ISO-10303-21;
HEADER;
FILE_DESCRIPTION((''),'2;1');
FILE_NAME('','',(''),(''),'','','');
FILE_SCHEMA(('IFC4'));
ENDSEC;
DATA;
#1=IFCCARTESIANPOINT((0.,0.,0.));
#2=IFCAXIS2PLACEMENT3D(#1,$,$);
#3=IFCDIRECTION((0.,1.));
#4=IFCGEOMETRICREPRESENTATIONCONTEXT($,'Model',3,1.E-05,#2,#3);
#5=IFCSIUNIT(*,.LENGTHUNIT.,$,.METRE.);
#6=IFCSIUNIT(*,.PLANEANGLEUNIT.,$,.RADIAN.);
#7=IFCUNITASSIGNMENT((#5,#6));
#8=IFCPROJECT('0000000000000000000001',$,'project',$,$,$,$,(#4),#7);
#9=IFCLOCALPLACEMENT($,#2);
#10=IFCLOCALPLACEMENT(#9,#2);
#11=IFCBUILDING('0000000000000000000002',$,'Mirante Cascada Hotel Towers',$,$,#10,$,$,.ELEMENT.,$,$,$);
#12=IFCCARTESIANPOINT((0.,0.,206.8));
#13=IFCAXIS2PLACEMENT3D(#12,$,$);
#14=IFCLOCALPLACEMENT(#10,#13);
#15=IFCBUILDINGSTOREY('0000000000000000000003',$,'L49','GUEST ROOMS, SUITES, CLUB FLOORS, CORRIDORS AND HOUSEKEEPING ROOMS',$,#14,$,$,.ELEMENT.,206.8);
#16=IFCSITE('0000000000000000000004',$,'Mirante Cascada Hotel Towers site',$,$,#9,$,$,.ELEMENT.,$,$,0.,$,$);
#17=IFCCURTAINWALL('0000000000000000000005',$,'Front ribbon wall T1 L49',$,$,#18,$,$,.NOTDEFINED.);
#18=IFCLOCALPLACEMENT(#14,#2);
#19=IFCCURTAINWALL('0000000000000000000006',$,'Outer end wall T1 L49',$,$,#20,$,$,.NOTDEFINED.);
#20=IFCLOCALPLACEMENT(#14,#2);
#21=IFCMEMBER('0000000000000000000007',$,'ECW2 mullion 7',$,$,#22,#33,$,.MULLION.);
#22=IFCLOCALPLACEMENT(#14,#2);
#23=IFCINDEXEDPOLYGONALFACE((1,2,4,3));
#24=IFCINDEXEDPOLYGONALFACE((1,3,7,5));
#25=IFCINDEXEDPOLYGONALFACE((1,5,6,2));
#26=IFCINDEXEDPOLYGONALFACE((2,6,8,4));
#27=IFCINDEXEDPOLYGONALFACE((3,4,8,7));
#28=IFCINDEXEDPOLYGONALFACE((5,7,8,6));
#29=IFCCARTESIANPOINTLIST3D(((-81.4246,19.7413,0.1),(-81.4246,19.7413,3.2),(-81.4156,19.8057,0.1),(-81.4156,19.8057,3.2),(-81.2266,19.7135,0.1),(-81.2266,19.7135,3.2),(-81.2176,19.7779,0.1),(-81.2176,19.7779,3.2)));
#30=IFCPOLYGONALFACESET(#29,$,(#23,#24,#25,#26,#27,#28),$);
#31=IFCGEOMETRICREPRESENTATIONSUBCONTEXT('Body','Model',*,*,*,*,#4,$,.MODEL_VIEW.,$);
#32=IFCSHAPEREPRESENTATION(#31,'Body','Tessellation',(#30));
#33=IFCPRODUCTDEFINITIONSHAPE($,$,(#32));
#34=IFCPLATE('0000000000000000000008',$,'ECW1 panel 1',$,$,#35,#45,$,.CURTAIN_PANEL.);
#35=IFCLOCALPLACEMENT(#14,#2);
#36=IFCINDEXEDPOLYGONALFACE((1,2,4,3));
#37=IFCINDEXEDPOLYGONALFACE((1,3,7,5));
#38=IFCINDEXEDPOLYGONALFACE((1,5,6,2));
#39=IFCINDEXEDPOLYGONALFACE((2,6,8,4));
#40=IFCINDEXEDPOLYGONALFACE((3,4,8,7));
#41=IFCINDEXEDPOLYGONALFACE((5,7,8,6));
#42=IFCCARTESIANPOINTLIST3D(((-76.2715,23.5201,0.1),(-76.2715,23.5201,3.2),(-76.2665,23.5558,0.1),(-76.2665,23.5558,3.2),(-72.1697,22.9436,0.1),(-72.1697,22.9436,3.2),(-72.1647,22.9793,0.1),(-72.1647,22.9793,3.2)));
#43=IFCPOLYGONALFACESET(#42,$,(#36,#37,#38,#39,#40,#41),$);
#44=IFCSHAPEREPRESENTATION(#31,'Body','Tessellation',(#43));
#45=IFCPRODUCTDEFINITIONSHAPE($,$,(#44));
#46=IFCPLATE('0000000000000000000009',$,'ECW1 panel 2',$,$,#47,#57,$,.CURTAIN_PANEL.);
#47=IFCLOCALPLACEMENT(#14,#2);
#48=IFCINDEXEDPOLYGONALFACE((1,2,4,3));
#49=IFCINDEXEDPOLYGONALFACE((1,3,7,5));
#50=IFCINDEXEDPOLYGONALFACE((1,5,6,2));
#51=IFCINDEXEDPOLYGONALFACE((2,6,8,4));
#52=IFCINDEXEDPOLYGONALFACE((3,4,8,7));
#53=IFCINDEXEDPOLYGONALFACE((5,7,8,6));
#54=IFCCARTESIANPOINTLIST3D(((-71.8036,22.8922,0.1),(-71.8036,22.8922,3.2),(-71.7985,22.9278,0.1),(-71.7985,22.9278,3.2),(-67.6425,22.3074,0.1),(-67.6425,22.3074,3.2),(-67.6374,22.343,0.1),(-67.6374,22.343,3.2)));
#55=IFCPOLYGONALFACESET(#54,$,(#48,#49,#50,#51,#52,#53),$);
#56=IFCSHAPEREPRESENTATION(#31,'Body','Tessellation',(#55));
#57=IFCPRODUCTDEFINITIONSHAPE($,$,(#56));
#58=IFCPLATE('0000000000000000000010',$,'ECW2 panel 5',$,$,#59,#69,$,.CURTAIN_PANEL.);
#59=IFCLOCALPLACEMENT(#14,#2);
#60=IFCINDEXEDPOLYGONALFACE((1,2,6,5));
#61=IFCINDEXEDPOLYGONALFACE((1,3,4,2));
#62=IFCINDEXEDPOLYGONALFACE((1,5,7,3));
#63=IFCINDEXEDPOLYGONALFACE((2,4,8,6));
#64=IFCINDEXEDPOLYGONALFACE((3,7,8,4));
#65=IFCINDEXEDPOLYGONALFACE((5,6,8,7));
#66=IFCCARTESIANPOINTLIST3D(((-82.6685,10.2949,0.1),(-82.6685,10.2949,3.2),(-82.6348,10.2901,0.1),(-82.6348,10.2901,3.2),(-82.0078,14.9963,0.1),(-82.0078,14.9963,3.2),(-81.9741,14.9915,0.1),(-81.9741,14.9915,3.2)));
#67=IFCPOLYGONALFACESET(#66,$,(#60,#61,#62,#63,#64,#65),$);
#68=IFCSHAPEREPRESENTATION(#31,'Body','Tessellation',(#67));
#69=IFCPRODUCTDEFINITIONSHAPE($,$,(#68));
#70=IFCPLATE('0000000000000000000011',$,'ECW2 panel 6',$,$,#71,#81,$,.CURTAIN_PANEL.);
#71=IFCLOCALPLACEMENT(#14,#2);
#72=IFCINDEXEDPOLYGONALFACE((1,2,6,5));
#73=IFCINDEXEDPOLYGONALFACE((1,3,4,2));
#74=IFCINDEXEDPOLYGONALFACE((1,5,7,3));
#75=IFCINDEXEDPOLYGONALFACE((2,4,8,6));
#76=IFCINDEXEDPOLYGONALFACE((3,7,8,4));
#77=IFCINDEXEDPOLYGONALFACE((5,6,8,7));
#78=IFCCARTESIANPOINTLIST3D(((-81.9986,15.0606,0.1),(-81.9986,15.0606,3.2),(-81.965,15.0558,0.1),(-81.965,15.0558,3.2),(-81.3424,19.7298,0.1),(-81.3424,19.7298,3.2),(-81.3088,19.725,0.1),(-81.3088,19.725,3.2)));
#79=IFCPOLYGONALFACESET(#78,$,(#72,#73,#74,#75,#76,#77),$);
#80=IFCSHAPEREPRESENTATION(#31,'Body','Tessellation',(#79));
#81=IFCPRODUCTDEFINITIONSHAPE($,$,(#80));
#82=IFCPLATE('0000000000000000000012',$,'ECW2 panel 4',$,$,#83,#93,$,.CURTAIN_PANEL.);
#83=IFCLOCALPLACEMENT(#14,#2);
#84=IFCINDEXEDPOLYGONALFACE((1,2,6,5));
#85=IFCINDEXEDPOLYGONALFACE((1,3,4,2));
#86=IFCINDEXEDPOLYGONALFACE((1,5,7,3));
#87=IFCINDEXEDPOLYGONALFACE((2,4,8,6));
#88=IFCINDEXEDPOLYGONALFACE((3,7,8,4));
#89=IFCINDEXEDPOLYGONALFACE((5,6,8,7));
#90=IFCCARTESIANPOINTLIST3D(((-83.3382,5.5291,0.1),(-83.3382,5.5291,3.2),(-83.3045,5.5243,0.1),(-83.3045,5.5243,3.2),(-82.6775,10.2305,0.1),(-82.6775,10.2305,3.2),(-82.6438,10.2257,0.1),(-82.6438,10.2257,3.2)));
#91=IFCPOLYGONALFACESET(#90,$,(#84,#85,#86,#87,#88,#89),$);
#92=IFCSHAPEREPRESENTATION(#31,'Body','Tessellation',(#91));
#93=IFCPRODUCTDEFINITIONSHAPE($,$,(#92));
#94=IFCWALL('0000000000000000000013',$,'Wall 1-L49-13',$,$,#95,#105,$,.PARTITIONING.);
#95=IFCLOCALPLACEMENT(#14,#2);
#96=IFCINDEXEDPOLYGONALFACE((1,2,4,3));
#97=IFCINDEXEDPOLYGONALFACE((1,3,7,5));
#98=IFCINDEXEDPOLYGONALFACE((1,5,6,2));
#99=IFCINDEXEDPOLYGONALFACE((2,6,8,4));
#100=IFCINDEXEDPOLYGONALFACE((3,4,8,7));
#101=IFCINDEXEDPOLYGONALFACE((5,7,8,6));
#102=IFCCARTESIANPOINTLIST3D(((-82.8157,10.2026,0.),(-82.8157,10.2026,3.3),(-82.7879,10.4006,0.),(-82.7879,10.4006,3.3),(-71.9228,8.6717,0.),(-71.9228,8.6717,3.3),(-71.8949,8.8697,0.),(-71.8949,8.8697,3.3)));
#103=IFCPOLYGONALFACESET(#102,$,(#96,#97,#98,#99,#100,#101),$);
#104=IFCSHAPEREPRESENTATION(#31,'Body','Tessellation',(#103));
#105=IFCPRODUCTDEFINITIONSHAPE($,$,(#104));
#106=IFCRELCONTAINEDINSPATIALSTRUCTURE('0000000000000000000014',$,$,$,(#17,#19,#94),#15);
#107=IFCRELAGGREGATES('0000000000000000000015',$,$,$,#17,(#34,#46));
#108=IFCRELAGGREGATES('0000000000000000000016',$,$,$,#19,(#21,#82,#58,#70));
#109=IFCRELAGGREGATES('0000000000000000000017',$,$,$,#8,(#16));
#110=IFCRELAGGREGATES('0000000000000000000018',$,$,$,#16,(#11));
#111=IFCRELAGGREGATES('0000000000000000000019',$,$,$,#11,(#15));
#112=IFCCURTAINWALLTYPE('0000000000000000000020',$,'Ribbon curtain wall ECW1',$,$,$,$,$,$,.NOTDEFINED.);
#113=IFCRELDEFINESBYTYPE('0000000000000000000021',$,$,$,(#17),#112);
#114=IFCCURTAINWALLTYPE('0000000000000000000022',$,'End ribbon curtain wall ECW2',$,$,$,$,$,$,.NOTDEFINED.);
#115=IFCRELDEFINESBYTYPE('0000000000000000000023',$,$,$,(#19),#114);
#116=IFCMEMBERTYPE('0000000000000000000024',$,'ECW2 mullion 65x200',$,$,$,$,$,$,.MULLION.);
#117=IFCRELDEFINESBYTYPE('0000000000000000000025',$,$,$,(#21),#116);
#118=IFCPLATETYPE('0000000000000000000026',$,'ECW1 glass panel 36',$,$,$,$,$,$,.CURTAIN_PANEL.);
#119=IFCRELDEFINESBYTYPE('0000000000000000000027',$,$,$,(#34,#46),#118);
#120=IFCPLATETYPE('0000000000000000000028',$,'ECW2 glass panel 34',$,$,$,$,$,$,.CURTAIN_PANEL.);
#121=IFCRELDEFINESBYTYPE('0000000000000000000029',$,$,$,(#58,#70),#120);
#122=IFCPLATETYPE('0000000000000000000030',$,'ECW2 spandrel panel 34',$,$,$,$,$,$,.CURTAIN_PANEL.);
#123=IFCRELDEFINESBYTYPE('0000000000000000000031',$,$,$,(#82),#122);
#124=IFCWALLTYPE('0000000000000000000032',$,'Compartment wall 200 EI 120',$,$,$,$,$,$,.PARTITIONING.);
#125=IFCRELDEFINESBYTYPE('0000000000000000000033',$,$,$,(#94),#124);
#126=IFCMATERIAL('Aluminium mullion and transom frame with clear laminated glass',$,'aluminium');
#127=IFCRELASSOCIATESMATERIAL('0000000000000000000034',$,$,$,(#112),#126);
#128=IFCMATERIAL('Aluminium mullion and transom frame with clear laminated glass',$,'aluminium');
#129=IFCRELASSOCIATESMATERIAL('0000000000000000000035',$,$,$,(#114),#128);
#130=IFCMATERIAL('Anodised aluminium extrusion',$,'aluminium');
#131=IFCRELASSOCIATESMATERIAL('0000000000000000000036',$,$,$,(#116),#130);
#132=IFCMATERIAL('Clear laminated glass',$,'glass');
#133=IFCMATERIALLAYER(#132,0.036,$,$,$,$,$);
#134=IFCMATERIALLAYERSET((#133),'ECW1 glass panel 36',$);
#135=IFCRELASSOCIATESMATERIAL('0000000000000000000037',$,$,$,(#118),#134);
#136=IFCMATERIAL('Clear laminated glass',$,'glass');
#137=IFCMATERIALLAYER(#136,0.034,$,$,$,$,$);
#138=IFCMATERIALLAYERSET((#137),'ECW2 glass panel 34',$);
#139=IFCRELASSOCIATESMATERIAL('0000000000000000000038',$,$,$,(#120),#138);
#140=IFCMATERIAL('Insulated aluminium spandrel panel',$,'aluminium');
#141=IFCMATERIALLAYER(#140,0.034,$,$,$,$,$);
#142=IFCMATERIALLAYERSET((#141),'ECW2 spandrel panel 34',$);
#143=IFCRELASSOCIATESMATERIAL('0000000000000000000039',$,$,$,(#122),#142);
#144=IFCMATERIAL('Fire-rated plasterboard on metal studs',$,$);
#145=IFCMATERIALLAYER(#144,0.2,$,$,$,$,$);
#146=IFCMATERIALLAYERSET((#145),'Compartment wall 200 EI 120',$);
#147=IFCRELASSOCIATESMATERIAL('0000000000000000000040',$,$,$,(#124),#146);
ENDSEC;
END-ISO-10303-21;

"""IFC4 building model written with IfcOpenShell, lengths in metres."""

from ifc_helpers import new_model, si_unit, direction, frame, frame_2d, origin, origin_2d, place, context, subcontext, project, spatial, rectangle, extrude, material, layer, layer_set, material_profile, profile_set, type_object, element, aggregate, save


model = new_model("IFC4")

# Units and contexts
model_context = context("Model", 3, precision=1e-05, world=origin(), true_north=direction((0.0, 1.0)))
body_context = subcontext(model_context, "Body", "Model", "MODEL_VIEW")
ifc_project = project(units=[si_unit("LENGTHUNIT", "METRE"), si_unit("PLANEANGLEUNIT", "RADIAN")], contexts=[model_context])

# Site, building, storey
site_placement = place(None, origin())
site = spatial("IfcSite", under=ifc_project, at=site_placement, Name="Mirante Cascada Hotel Towers site", CompositionType="ELEMENT", RefElevation=0.0)
building_placement = place(site_placement, origin())
building = spatial("IfcBuilding", under=site, at=building_placement, Name="Mirante Cascada Hotel Towers", CompositionType="ELEMENT")
storey_placement = place(building_placement, frame((0.0, 0.0, 206.8)))
storey = spatial("IfcBuildingStorey", under=building, at=storey_placement, Name="L49", Description="GUEST ROOMS, SUITES, CLUB FLOORS, CORRIDORS AND HOUSEKEEPING ROOMS", CompositionType="ELEMENT", Elevation=206.8)

# Curtain walls, member
ifc_material_1 = material(Name="Aluminium mullion and transom frame with clear laminated glass", Category="aluminium")
curtain_wall_type_1 = type_object("IfcCurtainWallType", Name="Ribbon curtain wall ECW1", PredefinedType="NOTDEFINED", material=ifc_material_1)
curtain_wall_1_placement = place(storey_placement, origin())
curtain_wall_1 = element("IfcCurtainWall", 1, at=curtain_wall_1_placement, inside=storey, type_object=curtain_wall_type_1, Name="Front ribbon wall T1 L49", PredefinedType="NOTDEFINED")
ifc_material_2 = material(Name="Aluminium mullion and transom frame with clear laminated glass", Category="aluminium")
curtain_wall_type_2 = type_object("IfcCurtainWallType", Name="End ribbon curtain wall ECW2", PredefinedType="NOTDEFINED", material=ifc_material_2)
curtain_wall_2_placement = place(storey_placement, origin())
curtain_wall_2 = element("IfcCurtainWall", 2, at=curtain_wall_2_placement, inside=storey, type_object=curtain_wall_type_2, Name="Outer end wall T1 L49", PredefinedType="NOTDEFINED")
ifc_material_3 = material(Name="Anodised aluminium extrusion", Category="aluminium")
ifc_material_profile_1 = material_profile(ifc_material_3, rectangle(XDim=0.2, YDim=0.065, at=origin_2d()), Name="ECW2 MULLION 65x200")
ifc_profile_set_1 = profile_set([ifc_material_profile_1], Name="Anodised aluminium extrusion")
member_type_1 = type_object("IfcMemberType", Name="ECW2 mullion 65x200", PredefinedType="MULLION", material=ifc_profile_set_1)
member_1_placement = place(storey_placement, frame((-81.3211, 19.7596, 0.1), z_axis=(0.0, 0.0, 1.0), x_axis=(-0.990268, 0.139173, 0.0)))
member_1 = element("IfcMember", 3, at=member_1_placement, type_object=member_type_1, Name="ECW2 mullion 7", PredefinedType="MULLION", context=body_context, shape_type="SweptSolid", body=[
    extrude(rectangle(XDim=0.2, YDim=0.065, at=origin_2d()), origin(), (0.0, 0.0, 1.0), 3.1),
])

# Plates
ifc_material_4 = material(Name="Clear laminated glass", Category="glass")
ifc_layer_1 = layer(ifc_material_4, 0.036)
ifc_layer_set_1 = layer_set([ifc_layer_1], Name="ECW1 glass panel 36")
plate_type_1 = type_object("IfcPlateType", Name="ECW1 glass panel 36", PredefinedType="CURTAIN_PANEL", material=ifc_layer_set_1)
plate_1_placement = place(storey_placement, frame((-74.2181, 23.2497, 0.1), z_axis=(0.0, 0.0, 1.0), x_axis=(0.990268, -0.139173, 0.0)))
plate_1 = element("IfcPlate", 4, at=plate_1_placement, type_object=plate_type_1, Name="ECW1 panel 1", PredefinedType="CURTAIN_PANEL", context=body_context, shape_type="SweptSolid", body=[
    extrude(rectangle(XDim=4.1421, YDim=0.036, at=origin_2d()), origin(), (0.0, 0.0, 1.0), 3.1),
])
plate_2_placement = place(storey_placement, frame((-69.7205, 22.6176, 0.1), z_axis=(0.0, 0.0, 1.0), x_axis=(0.990268, -0.139173, 0.0)))
plate_2 = element("IfcPlate", 5, at=plate_2_placement, type_object=plate_type_1, Name="ECW1 panel 2", PredefinedType="CURTAIN_PANEL", context=body_context, shape_type="SweptSolid", body=[
    extrude(rectangle(XDim=4.202, YDim=0.036, at=origin_2d()), origin(), (0.0, 0.0, 1.0), 3.1),
])
aggregate(curtain_wall_1, [plate_1, plate_2])
ifc_material_5 = material(Name="Clear laminated glass", Category="glass")
ifc_layer_2 = layer(ifc_material_5, 0.034)
ifc_layer_set_2 = layer_set([ifc_layer_2], Name="ECW2 glass panel 34")
plate_type_2 = type_object("IfcPlateType", Name="ECW2 glass panel 34", PredefinedType="CURTAIN_PANEL", material=ifc_layer_set_2)
plate_3_placement = place(storey_placement, frame((-82.3213, 12.6432, 0.1), z_axis=(0.0, 0.0, 1.0), x_axis=(0.139173, 0.990268, 0.0)))
plate_3 = element("IfcPlate", 6, at=plate_3_placement, type_object=plate_type_2, Name="ECW2 panel 5", PredefinedType="CURTAIN_PANEL", context=body_context, shape_type="SweptSolid", body=[
    extrude(rectangle(XDim=4.7476, YDim=0.034, at=origin_2d()), origin(), (0.0, 0.0, 1.0), 3.1),
])
plate_4_placement = place(storey_placement, frame((-81.6537, 17.3928, 0.1), z_axis=(0.0, 0.0, 1.0), x_axis=(0.139173, 0.990268, 0.0)))
plate_4 = element("IfcPlate", 7, at=plate_4_placement, type_object=plate_type_2, Name="ECW2 panel 6", PredefinedType="CURTAIN_PANEL", context=body_context, shape_type="SweptSolid", body=[
    extrude(rectangle(XDim=4.7151, YDim=0.034, at=origin_2d()), origin(), (0.0, 0.0, 1.0), 3.1),
])
ifc_material_6 = material(Name="Insulated aluminium spandrel panel", Category="aluminium")
ifc_layer_3 = layer(ifc_material_6, 0.034)
ifc_layer_set_3 = layer_set([ifc_layer_3], Name="ECW2 spandrel panel 34")
plate_type_3 = type_object("IfcPlateType", Name="ECW2 spandrel panel 34", PredefinedType="CURTAIN_PANEL", material=ifc_layer_set_3)
plate_5_placement = place(storey_placement, frame((-82.991, 7.8774, 0.1), z_axis=(0.0, 0.0, 1.0), x_axis=(0.139173, 0.990268, 0.0)))
plate_5 = element("IfcPlate", 8, at=plate_5_placement, type_object=plate_type_3, Name="ECW2 panel 4", PredefinedType="CURTAIN_PANEL", context=body_context, shape_type="SweptSolid", body=[
    extrude(rectangle(XDim=4.7476, YDim=0.034, at=origin_2d()), origin(), (0.0, 0.0, 1.0), 3.1),
])
aggregate(curtain_wall_2, [member_1, plate_5, plate_3, plate_4])

# Wall
ifc_material_7 = material(Name="Fire-rated plasterboard on metal studs")
ifc_layer_4 = layer(ifc_material_7, 0.2)
ifc_layer_set_4 = layer_set([ifc_layer_4], Name="Compartment wall 200 EI 120")
wall_type_1 = type_object("IfcWallType", Name="Compartment wall 200 EI 120", PredefinedType="PARTITIONING", material=ifc_layer_set_4)
wall_1_placement = place(storey_placement, frame((-82.8018, 10.3016, 0.0), z_axis=(0.0, 0.0, 1.0), x_axis=(0.990268, -0.139173, 0.0)))
element("IfcWall", 9, at=wall_1_placement, inside=storey, type_object=wall_type_1, Name="Wall 1-L49-13", PredefinedType="PARTITIONING", context=body_context, shape_type="SweptSolid", body=[
    extrude(rectangle(XDim=11.0, YDim=0.2, at=frame_2d((5.5, 0.0))), origin(), (0.0, 0.0, 1.0), 3.3),
])

save(model, "model.ifc")
